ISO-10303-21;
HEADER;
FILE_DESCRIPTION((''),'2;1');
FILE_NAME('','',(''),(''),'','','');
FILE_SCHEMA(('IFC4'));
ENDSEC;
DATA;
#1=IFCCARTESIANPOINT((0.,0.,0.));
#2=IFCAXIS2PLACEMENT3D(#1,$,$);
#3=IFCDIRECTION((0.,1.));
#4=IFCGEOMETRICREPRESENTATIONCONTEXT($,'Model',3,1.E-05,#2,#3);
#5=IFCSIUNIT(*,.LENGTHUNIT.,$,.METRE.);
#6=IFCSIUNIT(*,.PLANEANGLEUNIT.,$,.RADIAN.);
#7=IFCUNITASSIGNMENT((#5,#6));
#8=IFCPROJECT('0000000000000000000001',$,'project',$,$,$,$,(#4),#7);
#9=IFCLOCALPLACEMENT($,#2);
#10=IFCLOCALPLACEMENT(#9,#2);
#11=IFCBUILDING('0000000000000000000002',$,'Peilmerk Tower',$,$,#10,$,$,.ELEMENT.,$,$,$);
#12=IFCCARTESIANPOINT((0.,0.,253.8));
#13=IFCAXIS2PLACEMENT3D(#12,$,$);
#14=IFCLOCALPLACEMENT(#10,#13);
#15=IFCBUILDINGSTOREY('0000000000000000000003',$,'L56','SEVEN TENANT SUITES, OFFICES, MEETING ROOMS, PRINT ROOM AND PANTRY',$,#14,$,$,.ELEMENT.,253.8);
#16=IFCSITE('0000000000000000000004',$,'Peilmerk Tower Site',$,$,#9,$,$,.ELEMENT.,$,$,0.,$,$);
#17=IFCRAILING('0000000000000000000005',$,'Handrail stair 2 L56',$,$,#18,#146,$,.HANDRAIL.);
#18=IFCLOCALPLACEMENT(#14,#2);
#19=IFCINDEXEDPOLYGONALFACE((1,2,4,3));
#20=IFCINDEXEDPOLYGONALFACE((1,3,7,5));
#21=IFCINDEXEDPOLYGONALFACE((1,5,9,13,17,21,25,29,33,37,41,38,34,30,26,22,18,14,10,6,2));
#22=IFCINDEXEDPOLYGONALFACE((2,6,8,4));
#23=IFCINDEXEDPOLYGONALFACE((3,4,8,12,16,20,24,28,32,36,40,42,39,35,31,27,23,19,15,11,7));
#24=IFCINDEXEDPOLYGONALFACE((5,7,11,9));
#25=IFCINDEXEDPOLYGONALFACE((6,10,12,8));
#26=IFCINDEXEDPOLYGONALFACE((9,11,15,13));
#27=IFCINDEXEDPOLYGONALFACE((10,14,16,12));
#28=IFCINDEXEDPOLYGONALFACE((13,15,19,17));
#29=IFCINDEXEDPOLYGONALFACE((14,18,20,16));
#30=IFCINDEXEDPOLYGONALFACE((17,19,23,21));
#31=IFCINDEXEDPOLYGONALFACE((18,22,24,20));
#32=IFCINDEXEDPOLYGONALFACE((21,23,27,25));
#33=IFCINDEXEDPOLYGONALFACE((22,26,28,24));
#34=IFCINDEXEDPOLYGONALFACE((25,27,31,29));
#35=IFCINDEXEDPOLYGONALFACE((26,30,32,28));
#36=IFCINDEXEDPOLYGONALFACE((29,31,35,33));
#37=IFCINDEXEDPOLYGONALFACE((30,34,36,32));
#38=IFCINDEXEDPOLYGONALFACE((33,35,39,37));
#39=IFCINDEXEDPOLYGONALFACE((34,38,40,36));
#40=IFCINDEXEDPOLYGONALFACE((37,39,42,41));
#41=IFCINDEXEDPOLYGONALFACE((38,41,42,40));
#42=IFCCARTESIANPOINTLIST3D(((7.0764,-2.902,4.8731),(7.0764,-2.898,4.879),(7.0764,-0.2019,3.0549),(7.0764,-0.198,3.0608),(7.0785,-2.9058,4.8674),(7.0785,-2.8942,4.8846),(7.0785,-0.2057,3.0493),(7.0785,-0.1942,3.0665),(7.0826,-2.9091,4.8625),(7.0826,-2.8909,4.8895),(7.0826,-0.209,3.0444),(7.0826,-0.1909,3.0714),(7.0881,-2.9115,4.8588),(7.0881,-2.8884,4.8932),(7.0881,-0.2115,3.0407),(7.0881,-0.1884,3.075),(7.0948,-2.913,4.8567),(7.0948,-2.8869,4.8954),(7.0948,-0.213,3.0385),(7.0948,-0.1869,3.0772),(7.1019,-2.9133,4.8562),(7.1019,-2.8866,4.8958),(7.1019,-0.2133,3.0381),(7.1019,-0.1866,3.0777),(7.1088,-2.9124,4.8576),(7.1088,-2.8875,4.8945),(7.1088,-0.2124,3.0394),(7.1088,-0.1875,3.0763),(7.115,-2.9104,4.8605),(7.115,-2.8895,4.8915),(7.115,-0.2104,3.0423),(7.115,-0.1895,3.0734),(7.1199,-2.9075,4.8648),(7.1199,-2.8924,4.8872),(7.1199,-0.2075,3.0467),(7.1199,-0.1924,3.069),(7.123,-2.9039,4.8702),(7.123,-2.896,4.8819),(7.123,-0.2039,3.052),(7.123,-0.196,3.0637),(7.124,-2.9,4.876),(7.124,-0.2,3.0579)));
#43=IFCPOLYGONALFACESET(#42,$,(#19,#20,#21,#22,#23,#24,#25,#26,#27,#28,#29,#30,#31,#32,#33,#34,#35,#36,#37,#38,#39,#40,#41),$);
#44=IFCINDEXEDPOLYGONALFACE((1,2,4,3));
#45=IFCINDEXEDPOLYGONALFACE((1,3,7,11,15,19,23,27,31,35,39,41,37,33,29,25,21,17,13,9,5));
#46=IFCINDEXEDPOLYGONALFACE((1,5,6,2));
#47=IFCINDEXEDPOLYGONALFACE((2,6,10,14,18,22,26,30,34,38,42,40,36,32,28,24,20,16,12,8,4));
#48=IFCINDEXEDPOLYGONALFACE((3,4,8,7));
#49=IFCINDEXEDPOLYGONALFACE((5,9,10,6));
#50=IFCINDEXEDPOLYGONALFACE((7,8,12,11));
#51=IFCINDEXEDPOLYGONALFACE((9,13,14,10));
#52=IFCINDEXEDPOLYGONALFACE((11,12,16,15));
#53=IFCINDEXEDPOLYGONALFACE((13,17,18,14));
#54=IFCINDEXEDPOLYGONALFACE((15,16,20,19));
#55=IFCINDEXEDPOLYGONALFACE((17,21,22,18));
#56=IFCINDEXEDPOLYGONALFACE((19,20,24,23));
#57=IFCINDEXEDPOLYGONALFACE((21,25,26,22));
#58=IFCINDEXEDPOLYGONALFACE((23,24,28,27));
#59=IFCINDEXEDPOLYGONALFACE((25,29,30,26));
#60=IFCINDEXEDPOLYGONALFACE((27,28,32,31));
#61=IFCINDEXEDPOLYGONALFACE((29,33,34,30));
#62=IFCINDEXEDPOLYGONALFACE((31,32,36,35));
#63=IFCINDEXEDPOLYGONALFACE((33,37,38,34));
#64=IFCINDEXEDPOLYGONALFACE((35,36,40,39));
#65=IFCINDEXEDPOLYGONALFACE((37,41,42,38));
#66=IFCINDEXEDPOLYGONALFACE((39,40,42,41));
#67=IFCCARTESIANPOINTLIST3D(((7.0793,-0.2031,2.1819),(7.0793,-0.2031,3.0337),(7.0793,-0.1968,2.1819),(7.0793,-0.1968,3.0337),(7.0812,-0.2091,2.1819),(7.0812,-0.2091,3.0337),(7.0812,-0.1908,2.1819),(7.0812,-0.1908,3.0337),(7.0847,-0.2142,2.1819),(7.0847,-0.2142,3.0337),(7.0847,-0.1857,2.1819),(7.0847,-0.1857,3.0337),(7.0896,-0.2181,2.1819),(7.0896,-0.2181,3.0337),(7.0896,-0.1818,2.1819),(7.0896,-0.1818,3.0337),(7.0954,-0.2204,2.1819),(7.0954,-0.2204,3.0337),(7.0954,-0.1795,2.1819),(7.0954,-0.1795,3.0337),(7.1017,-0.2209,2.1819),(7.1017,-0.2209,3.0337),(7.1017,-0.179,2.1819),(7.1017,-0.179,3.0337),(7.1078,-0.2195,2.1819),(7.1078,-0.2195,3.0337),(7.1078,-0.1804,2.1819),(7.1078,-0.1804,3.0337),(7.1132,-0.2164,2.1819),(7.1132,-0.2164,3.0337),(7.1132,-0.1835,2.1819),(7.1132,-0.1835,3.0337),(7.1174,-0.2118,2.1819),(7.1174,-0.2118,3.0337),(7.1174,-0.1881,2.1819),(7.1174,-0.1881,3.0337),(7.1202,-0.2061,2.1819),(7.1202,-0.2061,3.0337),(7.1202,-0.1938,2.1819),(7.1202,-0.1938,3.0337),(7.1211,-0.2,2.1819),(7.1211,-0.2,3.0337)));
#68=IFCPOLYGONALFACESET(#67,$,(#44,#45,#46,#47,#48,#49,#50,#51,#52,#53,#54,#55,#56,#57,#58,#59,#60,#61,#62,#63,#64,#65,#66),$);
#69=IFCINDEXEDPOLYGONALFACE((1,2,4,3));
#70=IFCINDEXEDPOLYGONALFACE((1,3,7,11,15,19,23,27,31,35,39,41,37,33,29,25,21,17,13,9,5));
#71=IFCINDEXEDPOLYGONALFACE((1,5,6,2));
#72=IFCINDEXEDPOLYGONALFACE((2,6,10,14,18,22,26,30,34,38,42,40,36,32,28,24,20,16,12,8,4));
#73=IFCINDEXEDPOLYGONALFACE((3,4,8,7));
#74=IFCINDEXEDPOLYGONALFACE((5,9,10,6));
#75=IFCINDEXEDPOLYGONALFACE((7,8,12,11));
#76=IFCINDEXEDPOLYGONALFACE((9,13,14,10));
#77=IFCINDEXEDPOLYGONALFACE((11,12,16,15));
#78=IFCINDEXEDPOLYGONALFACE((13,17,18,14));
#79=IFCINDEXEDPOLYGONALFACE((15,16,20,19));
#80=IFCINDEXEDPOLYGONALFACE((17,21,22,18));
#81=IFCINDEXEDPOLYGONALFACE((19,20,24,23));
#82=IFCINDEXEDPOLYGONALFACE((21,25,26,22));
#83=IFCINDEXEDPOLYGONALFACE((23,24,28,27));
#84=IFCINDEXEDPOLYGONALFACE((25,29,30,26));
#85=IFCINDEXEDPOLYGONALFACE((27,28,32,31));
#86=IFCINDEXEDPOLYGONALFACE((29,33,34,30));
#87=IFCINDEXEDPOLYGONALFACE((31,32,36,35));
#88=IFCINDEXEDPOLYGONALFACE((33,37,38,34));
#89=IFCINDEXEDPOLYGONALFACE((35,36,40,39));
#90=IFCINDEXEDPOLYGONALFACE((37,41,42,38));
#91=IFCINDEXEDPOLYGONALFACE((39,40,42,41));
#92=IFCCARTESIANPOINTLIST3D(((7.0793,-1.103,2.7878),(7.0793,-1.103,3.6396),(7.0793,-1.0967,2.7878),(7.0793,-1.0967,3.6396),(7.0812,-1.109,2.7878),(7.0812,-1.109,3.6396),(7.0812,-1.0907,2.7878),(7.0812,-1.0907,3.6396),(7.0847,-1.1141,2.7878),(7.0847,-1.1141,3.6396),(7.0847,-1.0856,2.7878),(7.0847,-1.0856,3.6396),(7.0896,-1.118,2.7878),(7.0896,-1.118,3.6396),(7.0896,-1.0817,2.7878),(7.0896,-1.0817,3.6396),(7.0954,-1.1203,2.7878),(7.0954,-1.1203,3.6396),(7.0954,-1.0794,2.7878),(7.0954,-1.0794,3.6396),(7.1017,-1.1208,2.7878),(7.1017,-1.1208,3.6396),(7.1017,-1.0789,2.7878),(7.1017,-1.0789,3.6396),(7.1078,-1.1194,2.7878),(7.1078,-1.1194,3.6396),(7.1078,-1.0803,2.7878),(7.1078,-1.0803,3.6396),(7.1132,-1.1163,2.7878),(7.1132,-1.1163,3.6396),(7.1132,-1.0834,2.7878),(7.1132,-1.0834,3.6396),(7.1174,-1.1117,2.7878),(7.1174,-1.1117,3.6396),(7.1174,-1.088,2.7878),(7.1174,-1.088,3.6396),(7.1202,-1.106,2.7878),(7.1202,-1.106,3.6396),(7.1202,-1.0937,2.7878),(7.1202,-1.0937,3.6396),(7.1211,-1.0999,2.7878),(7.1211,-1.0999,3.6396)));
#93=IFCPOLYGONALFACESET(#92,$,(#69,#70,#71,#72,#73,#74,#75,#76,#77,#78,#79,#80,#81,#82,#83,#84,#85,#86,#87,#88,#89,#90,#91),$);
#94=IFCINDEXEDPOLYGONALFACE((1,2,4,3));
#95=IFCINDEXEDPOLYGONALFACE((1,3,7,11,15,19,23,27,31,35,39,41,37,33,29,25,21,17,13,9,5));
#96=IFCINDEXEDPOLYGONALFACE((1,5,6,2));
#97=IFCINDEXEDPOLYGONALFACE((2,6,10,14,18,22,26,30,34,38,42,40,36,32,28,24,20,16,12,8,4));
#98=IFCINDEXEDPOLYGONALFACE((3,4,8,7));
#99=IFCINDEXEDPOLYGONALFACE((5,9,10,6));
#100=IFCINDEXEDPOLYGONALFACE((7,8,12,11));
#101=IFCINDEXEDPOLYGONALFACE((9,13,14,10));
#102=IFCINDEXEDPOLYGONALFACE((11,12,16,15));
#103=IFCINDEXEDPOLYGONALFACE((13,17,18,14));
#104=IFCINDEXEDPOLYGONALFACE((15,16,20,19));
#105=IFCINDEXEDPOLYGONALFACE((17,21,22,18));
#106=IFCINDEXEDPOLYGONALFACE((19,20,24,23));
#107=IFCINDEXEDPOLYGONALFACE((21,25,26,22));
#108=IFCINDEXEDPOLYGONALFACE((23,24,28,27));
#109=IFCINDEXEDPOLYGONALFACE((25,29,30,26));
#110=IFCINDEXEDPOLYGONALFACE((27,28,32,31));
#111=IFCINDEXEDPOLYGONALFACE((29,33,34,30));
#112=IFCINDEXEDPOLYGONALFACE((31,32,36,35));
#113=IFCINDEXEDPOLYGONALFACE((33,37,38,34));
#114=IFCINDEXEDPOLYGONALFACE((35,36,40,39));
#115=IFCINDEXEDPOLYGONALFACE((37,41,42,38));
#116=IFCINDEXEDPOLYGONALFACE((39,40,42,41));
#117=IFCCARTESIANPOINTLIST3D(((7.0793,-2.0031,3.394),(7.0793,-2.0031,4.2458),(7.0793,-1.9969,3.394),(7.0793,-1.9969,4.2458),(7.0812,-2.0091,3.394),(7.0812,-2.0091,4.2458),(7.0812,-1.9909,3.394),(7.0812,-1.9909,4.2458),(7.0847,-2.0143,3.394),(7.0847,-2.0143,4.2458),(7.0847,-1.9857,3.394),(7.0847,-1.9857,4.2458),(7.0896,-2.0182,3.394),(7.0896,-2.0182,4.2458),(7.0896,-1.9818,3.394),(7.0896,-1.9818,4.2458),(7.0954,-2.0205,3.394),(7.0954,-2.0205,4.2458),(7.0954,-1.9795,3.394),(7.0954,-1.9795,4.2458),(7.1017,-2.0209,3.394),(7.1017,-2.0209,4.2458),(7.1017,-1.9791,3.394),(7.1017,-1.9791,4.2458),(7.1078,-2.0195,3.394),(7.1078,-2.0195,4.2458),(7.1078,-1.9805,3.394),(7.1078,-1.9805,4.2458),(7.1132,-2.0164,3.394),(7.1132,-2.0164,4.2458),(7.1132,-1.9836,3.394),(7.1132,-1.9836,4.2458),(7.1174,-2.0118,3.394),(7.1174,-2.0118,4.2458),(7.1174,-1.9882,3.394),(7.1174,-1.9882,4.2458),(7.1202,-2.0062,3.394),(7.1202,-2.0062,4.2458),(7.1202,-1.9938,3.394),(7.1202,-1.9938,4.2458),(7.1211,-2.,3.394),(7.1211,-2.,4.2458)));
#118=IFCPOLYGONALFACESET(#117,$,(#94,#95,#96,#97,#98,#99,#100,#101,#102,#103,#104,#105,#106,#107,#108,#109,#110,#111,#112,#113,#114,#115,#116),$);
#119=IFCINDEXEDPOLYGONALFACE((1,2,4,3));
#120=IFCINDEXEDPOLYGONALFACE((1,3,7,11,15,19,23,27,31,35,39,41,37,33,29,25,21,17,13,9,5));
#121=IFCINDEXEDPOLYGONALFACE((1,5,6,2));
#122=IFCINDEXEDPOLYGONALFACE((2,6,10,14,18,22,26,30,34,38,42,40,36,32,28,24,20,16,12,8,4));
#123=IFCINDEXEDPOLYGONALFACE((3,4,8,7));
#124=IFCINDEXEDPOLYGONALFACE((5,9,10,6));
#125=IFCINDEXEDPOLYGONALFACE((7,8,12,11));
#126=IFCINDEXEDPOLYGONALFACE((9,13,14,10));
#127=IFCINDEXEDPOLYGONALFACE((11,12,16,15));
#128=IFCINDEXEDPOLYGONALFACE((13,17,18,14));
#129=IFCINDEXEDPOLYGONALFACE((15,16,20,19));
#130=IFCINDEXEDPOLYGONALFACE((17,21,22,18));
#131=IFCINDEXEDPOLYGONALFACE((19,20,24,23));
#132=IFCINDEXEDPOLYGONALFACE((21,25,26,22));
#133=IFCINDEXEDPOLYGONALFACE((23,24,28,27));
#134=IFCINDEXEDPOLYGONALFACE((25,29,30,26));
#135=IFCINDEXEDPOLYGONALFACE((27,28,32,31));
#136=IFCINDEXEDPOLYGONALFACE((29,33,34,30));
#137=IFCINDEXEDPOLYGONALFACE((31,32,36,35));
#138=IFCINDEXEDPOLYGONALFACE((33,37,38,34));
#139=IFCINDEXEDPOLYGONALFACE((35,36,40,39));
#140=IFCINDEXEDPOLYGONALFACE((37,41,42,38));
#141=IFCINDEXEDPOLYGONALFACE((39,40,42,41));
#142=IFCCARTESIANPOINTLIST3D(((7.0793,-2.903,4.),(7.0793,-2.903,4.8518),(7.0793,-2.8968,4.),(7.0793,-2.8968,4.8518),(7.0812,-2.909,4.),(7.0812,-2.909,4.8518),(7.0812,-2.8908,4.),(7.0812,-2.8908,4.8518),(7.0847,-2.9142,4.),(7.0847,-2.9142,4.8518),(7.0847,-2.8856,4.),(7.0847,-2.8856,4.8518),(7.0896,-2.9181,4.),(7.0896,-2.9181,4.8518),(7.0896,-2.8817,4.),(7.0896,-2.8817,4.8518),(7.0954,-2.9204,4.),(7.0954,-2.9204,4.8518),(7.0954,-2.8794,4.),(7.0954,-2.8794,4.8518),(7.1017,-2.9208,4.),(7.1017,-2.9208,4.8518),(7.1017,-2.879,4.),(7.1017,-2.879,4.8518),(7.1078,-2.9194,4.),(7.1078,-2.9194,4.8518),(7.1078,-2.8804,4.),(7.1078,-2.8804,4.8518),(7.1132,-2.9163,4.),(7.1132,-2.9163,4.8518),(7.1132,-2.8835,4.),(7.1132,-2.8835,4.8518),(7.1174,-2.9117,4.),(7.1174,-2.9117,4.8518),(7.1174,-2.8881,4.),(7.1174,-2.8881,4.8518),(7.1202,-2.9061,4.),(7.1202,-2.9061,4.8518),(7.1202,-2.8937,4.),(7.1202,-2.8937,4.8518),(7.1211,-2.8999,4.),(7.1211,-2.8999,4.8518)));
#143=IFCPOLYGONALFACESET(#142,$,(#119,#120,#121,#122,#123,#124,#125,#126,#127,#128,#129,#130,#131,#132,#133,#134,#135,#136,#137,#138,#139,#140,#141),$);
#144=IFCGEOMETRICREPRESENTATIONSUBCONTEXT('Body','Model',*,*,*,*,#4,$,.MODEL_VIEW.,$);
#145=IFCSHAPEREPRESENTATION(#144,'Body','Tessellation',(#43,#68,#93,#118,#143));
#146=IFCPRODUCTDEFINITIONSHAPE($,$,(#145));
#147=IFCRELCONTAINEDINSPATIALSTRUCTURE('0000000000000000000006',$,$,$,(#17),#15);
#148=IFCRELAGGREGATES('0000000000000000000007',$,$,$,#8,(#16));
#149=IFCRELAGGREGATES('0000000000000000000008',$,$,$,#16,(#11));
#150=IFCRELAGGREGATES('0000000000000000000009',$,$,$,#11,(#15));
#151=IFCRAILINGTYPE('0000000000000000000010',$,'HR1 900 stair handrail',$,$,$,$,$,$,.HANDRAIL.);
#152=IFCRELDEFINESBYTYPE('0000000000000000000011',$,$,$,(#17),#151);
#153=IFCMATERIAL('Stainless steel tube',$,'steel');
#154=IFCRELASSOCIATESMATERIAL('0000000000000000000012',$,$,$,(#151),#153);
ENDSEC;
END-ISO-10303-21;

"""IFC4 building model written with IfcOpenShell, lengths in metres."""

from ifc_helpers import new_model, si_unit, direction, frame, origin, origin_2d, place, context, subcontext, project, spatial, circle, extrude, material, type_object, element, save


model = new_model("IFC4")

# Units and contexts
model_context = context("Model", 3, precision=1e-05, world=origin(), true_north=direction((0.0, 1.0)))
body_context = subcontext(model_context, "Body", "Model", "MODEL_VIEW")
ifc_project = project(units=[si_unit("LENGTHUNIT", "METRE"), si_unit("PLANEANGLEUNIT", "RADIAN")], contexts=[model_context])

# Site, building, storey
site_placement = place(None, origin())
site = spatial("IfcSite", under=ifc_project, at=site_placement, Name="Peilmerk Tower Site", CompositionType="ELEMENT", RefElevation=0.0)
building_placement = place(site_placement, origin())
building = spatial("IfcBuilding", under=site, at=building_placement, Name="Peilmerk Tower", CompositionType="ELEMENT")
storey_placement = place(building_placement, frame((0.0, 0.0, 253.8)))
storey = spatial("IfcBuildingStorey", under=building, at=storey_placement, Name="L56", Description="SEVEN TENANT SUITES, OFFICES, MEETING ROOMS, PRINT ROOM AND PANTRY", CompositionType="ELEMENT", Elevation=253.8)

# Railing
ifc_material_1 = material(Name="Stainless steel tube", Category="steel")
railing_type_1 = type_object("IfcRailingType", Name="HR1 900 stair handrail", PredefinedType="HANDRAIL", material=ifc_material_1)
railing_1_placement = place(storey_placement, frame((7.1001, -0.2, 2.1819)))
element("IfcRailing", 1, at=railing_1_placement, inside=storey, type_object=railing_type_1, Name="Handrail stair 2 L56", PredefinedType="HANDRAIL", context=body_context, shape_type="SweptSolid", body=[
    extrude(circle(Radius=0.0239, at=origin_2d()), frame((0.0, 0.0, 0.876), z_axis=(0.0, -0.829468, 0.558554), x_axis=(1.0, 0.0, 0.0)), (0.0, 0.0, 1.0), 3.2551),
    extrude(circle(Radius=0.021, at=origin_2d()), origin(), (0.0, 0.0, 1.0), 0.8518),
    extrude(circle(Radius=0.021, at=origin_2d()), frame((0.0, -0.8999, 0.606)), (0.0, 0.0, 1.0), 0.8518),
    extrude(circle(Radius=0.021, at=origin_2d()), frame((0.0, -1.8, 1.2122)), (0.0, 0.0, 1.0), 0.8518),
    extrude(circle(Radius=0.021, at=origin_2d()), frame((0.0, -2.7, 1.8181)), (0.0, 0.0, 1.0), 0.8518),
])

save(model, "model.ifc")
